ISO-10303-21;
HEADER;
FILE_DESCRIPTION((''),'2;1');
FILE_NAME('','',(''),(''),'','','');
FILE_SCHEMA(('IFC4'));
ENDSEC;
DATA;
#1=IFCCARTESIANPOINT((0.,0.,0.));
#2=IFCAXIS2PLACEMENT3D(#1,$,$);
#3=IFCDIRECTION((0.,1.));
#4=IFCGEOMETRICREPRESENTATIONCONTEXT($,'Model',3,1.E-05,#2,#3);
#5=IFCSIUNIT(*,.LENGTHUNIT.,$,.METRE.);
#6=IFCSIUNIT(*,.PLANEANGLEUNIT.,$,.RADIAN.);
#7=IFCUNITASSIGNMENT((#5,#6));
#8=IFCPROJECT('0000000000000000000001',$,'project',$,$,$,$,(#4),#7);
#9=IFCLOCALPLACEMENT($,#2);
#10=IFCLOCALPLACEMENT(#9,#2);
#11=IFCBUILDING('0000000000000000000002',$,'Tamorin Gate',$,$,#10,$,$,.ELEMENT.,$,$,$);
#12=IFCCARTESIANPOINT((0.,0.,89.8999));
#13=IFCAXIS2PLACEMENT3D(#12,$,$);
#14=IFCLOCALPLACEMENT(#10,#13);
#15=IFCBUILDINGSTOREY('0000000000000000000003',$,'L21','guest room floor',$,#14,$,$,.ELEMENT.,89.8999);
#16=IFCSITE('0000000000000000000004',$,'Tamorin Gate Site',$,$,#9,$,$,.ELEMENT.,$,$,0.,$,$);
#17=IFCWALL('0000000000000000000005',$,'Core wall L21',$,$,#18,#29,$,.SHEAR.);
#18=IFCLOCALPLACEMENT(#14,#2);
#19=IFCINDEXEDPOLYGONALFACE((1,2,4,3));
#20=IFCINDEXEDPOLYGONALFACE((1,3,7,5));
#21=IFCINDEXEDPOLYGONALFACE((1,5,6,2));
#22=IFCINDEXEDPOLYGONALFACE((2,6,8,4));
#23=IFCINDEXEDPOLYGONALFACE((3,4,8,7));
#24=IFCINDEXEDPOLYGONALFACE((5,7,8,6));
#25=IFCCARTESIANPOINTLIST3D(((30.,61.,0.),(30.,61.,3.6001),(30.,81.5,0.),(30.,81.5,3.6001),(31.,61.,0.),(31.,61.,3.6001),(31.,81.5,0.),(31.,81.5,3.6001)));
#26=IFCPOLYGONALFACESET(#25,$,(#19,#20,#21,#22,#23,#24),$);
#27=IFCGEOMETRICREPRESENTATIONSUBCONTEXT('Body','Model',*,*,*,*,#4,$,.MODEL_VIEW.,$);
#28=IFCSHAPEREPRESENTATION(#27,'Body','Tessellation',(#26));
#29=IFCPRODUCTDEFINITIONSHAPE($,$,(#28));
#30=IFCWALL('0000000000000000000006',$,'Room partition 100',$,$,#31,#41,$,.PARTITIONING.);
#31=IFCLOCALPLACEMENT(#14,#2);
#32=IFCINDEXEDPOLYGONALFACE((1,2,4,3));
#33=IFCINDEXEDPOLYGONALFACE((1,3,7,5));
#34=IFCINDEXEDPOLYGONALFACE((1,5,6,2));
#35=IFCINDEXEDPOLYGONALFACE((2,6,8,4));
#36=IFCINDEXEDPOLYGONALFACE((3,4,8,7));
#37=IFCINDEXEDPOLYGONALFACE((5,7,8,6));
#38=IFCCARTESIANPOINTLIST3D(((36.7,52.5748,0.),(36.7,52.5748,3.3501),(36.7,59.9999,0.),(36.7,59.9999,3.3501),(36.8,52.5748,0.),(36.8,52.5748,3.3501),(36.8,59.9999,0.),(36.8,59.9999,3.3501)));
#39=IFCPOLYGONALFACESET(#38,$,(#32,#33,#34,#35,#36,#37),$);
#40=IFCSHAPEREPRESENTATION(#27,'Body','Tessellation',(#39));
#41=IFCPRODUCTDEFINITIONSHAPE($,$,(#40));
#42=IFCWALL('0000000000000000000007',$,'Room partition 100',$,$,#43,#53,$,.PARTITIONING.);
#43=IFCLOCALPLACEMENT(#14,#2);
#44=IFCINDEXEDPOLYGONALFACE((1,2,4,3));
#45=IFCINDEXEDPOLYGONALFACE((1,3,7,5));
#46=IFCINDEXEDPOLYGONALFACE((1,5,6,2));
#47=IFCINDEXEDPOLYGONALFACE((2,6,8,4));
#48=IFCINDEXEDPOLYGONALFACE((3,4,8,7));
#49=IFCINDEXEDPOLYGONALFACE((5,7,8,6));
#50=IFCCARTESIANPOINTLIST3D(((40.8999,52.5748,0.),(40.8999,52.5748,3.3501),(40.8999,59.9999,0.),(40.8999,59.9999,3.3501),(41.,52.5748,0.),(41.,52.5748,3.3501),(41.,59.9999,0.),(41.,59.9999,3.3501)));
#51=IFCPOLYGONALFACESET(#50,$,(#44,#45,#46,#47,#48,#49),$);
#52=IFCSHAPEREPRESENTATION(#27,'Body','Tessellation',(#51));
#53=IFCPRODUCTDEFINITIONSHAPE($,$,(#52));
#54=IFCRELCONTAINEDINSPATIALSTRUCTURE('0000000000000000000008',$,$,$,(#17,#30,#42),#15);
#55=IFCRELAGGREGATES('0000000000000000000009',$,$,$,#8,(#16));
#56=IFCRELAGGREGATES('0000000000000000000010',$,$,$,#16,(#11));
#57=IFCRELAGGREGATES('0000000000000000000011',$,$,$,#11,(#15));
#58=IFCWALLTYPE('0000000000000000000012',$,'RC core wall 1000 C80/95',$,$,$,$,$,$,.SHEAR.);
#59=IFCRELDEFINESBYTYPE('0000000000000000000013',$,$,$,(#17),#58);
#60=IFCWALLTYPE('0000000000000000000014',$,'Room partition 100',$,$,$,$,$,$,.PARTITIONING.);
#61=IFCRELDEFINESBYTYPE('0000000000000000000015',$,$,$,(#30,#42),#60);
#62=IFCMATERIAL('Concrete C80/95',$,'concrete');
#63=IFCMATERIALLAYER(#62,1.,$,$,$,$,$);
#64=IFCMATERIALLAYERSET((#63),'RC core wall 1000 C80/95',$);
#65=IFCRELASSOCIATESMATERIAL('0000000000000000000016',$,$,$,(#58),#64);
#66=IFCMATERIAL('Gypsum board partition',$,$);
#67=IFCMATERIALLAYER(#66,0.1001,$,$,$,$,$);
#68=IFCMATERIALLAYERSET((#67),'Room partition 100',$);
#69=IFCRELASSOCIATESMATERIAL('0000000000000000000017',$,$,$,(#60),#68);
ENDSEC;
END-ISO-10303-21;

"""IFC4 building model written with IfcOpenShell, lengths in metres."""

from ifc_helpers import new_model, si_unit, direction, frame, frame_2d, origin, place, context, subcontext, project, spatial, rectangle, extrude, material, layer, layer_set, type_object, element, save


model = new_model("IFC4")

# Units and contexts
model_context = context("Model", 3, precision=1e-05, world=origin(), true_north=direction((0.0, 1.0)))
body_context = subcontext(model_context, "Body", "Model", "MODEL_VIEW")
ifc_project = project(units=[si_unit("LENGTHUNIT", "METRE"), si_unit("PLANEANGLEUNIT", "RADIAN")], contexts=[model_context])

# Site, building, storey
site_placement = place(None, origin())
site = spatial("IfcSite", under=ifc_project, at=site_placement, Name="Tamorin Gate Site", CompositionType="ELEMENT", RefElevation=0.0)
building_placement = place(site_placement, origin())
building = spatial("IfcBuilding", under=site, at=building_placement, Name="Tamorin Gate", CompositionType="ELEMENT")
storey_placement = place(building_placement, frame((0.0, 0.0, 89.8999)))
storey = spatial("IfcBuildingStorey", under=building, at=storey_placement, Name="L21", Description="guest room floor", CompositionType="ELEMENT", Elevation=89.8999)

# Shared definitions
ifc_material_1 = material(Name="Concrete C80/95", Category="concrete")

# Shared definitions
ifc_material_2 = material(Name="Gypsum board partition")

# Shared definitions
ifc_layer_1 = layer(ifc_material_1, 1.0)
ifc_layer_set_1 = layer_set([ifc_layer_1], Name="RC core wall 1000 C80/95")
wall_type_1 = type_object("IfcWallType", Name="RC core wall 1000 C80/95", PredefinedType="SHEAR", material=ifc_layer_set_1)

# Walls
wall_1_placement = place(storey_placement, frame((30.5, 61.0, 0.0), z_axis=(0.0, 0.0, 1.0), x_axis=(0.0, 1.0, 0.0)))
element("IfcWall", 1, at=wall_1_placement, inside=storey, type_object=wall_type_1, Name="Core wall L21", PredefinedType="SHEAR", context=body_context, shape_type="SweptSolid", body=[
    extrude(rectangle(XDim=20.5, YDim=1.0, at=frame_2d((10.25, 0.0))), origin(), (0.0, 0.0, 1.0), 3.6001),
])
ifc_layer_2 = layer(ifc_material_2, 0.1001)
ifc_layer_set_2 = layer_set([ifc_layer_2], Name="Room partition 100")
wall_type_2 = type_object("IfcWallType", Name="Room partition 100", PredefinedType="PARTITIONING", material=ifc_layer_set_2)
for number, where, z_axis, x_axis, name in (
    (2, (36.75, 52.575, 0.0), (0.0, 0.0, 1.0), (0.0, 1.0, 0.0), "Room partition 100"),
    (3, (40.95, 52.575, 0.0), (0.0, 0.0, 1.0), (0.0, 1.0, 0.0), "Room partition 100"),
):
    element("IfcWall", number, at=place(storey_placement, frame(where, z_axis=z_axis, x_axis=x_axis)), inside=storey, type_object=wall_type_2, Name=name, PredefinedType="PARTITIONING", context=body_context, shape_type="SweptSolid", body=[
        extrude(rectangle(XDim=7.425, YDim=0.1001, at=frame_2d((3.7124, 0.0))), origin(), (0.0, 0.0, 1.0), 3.3501),
    ])

save(model, "model.ifc")
